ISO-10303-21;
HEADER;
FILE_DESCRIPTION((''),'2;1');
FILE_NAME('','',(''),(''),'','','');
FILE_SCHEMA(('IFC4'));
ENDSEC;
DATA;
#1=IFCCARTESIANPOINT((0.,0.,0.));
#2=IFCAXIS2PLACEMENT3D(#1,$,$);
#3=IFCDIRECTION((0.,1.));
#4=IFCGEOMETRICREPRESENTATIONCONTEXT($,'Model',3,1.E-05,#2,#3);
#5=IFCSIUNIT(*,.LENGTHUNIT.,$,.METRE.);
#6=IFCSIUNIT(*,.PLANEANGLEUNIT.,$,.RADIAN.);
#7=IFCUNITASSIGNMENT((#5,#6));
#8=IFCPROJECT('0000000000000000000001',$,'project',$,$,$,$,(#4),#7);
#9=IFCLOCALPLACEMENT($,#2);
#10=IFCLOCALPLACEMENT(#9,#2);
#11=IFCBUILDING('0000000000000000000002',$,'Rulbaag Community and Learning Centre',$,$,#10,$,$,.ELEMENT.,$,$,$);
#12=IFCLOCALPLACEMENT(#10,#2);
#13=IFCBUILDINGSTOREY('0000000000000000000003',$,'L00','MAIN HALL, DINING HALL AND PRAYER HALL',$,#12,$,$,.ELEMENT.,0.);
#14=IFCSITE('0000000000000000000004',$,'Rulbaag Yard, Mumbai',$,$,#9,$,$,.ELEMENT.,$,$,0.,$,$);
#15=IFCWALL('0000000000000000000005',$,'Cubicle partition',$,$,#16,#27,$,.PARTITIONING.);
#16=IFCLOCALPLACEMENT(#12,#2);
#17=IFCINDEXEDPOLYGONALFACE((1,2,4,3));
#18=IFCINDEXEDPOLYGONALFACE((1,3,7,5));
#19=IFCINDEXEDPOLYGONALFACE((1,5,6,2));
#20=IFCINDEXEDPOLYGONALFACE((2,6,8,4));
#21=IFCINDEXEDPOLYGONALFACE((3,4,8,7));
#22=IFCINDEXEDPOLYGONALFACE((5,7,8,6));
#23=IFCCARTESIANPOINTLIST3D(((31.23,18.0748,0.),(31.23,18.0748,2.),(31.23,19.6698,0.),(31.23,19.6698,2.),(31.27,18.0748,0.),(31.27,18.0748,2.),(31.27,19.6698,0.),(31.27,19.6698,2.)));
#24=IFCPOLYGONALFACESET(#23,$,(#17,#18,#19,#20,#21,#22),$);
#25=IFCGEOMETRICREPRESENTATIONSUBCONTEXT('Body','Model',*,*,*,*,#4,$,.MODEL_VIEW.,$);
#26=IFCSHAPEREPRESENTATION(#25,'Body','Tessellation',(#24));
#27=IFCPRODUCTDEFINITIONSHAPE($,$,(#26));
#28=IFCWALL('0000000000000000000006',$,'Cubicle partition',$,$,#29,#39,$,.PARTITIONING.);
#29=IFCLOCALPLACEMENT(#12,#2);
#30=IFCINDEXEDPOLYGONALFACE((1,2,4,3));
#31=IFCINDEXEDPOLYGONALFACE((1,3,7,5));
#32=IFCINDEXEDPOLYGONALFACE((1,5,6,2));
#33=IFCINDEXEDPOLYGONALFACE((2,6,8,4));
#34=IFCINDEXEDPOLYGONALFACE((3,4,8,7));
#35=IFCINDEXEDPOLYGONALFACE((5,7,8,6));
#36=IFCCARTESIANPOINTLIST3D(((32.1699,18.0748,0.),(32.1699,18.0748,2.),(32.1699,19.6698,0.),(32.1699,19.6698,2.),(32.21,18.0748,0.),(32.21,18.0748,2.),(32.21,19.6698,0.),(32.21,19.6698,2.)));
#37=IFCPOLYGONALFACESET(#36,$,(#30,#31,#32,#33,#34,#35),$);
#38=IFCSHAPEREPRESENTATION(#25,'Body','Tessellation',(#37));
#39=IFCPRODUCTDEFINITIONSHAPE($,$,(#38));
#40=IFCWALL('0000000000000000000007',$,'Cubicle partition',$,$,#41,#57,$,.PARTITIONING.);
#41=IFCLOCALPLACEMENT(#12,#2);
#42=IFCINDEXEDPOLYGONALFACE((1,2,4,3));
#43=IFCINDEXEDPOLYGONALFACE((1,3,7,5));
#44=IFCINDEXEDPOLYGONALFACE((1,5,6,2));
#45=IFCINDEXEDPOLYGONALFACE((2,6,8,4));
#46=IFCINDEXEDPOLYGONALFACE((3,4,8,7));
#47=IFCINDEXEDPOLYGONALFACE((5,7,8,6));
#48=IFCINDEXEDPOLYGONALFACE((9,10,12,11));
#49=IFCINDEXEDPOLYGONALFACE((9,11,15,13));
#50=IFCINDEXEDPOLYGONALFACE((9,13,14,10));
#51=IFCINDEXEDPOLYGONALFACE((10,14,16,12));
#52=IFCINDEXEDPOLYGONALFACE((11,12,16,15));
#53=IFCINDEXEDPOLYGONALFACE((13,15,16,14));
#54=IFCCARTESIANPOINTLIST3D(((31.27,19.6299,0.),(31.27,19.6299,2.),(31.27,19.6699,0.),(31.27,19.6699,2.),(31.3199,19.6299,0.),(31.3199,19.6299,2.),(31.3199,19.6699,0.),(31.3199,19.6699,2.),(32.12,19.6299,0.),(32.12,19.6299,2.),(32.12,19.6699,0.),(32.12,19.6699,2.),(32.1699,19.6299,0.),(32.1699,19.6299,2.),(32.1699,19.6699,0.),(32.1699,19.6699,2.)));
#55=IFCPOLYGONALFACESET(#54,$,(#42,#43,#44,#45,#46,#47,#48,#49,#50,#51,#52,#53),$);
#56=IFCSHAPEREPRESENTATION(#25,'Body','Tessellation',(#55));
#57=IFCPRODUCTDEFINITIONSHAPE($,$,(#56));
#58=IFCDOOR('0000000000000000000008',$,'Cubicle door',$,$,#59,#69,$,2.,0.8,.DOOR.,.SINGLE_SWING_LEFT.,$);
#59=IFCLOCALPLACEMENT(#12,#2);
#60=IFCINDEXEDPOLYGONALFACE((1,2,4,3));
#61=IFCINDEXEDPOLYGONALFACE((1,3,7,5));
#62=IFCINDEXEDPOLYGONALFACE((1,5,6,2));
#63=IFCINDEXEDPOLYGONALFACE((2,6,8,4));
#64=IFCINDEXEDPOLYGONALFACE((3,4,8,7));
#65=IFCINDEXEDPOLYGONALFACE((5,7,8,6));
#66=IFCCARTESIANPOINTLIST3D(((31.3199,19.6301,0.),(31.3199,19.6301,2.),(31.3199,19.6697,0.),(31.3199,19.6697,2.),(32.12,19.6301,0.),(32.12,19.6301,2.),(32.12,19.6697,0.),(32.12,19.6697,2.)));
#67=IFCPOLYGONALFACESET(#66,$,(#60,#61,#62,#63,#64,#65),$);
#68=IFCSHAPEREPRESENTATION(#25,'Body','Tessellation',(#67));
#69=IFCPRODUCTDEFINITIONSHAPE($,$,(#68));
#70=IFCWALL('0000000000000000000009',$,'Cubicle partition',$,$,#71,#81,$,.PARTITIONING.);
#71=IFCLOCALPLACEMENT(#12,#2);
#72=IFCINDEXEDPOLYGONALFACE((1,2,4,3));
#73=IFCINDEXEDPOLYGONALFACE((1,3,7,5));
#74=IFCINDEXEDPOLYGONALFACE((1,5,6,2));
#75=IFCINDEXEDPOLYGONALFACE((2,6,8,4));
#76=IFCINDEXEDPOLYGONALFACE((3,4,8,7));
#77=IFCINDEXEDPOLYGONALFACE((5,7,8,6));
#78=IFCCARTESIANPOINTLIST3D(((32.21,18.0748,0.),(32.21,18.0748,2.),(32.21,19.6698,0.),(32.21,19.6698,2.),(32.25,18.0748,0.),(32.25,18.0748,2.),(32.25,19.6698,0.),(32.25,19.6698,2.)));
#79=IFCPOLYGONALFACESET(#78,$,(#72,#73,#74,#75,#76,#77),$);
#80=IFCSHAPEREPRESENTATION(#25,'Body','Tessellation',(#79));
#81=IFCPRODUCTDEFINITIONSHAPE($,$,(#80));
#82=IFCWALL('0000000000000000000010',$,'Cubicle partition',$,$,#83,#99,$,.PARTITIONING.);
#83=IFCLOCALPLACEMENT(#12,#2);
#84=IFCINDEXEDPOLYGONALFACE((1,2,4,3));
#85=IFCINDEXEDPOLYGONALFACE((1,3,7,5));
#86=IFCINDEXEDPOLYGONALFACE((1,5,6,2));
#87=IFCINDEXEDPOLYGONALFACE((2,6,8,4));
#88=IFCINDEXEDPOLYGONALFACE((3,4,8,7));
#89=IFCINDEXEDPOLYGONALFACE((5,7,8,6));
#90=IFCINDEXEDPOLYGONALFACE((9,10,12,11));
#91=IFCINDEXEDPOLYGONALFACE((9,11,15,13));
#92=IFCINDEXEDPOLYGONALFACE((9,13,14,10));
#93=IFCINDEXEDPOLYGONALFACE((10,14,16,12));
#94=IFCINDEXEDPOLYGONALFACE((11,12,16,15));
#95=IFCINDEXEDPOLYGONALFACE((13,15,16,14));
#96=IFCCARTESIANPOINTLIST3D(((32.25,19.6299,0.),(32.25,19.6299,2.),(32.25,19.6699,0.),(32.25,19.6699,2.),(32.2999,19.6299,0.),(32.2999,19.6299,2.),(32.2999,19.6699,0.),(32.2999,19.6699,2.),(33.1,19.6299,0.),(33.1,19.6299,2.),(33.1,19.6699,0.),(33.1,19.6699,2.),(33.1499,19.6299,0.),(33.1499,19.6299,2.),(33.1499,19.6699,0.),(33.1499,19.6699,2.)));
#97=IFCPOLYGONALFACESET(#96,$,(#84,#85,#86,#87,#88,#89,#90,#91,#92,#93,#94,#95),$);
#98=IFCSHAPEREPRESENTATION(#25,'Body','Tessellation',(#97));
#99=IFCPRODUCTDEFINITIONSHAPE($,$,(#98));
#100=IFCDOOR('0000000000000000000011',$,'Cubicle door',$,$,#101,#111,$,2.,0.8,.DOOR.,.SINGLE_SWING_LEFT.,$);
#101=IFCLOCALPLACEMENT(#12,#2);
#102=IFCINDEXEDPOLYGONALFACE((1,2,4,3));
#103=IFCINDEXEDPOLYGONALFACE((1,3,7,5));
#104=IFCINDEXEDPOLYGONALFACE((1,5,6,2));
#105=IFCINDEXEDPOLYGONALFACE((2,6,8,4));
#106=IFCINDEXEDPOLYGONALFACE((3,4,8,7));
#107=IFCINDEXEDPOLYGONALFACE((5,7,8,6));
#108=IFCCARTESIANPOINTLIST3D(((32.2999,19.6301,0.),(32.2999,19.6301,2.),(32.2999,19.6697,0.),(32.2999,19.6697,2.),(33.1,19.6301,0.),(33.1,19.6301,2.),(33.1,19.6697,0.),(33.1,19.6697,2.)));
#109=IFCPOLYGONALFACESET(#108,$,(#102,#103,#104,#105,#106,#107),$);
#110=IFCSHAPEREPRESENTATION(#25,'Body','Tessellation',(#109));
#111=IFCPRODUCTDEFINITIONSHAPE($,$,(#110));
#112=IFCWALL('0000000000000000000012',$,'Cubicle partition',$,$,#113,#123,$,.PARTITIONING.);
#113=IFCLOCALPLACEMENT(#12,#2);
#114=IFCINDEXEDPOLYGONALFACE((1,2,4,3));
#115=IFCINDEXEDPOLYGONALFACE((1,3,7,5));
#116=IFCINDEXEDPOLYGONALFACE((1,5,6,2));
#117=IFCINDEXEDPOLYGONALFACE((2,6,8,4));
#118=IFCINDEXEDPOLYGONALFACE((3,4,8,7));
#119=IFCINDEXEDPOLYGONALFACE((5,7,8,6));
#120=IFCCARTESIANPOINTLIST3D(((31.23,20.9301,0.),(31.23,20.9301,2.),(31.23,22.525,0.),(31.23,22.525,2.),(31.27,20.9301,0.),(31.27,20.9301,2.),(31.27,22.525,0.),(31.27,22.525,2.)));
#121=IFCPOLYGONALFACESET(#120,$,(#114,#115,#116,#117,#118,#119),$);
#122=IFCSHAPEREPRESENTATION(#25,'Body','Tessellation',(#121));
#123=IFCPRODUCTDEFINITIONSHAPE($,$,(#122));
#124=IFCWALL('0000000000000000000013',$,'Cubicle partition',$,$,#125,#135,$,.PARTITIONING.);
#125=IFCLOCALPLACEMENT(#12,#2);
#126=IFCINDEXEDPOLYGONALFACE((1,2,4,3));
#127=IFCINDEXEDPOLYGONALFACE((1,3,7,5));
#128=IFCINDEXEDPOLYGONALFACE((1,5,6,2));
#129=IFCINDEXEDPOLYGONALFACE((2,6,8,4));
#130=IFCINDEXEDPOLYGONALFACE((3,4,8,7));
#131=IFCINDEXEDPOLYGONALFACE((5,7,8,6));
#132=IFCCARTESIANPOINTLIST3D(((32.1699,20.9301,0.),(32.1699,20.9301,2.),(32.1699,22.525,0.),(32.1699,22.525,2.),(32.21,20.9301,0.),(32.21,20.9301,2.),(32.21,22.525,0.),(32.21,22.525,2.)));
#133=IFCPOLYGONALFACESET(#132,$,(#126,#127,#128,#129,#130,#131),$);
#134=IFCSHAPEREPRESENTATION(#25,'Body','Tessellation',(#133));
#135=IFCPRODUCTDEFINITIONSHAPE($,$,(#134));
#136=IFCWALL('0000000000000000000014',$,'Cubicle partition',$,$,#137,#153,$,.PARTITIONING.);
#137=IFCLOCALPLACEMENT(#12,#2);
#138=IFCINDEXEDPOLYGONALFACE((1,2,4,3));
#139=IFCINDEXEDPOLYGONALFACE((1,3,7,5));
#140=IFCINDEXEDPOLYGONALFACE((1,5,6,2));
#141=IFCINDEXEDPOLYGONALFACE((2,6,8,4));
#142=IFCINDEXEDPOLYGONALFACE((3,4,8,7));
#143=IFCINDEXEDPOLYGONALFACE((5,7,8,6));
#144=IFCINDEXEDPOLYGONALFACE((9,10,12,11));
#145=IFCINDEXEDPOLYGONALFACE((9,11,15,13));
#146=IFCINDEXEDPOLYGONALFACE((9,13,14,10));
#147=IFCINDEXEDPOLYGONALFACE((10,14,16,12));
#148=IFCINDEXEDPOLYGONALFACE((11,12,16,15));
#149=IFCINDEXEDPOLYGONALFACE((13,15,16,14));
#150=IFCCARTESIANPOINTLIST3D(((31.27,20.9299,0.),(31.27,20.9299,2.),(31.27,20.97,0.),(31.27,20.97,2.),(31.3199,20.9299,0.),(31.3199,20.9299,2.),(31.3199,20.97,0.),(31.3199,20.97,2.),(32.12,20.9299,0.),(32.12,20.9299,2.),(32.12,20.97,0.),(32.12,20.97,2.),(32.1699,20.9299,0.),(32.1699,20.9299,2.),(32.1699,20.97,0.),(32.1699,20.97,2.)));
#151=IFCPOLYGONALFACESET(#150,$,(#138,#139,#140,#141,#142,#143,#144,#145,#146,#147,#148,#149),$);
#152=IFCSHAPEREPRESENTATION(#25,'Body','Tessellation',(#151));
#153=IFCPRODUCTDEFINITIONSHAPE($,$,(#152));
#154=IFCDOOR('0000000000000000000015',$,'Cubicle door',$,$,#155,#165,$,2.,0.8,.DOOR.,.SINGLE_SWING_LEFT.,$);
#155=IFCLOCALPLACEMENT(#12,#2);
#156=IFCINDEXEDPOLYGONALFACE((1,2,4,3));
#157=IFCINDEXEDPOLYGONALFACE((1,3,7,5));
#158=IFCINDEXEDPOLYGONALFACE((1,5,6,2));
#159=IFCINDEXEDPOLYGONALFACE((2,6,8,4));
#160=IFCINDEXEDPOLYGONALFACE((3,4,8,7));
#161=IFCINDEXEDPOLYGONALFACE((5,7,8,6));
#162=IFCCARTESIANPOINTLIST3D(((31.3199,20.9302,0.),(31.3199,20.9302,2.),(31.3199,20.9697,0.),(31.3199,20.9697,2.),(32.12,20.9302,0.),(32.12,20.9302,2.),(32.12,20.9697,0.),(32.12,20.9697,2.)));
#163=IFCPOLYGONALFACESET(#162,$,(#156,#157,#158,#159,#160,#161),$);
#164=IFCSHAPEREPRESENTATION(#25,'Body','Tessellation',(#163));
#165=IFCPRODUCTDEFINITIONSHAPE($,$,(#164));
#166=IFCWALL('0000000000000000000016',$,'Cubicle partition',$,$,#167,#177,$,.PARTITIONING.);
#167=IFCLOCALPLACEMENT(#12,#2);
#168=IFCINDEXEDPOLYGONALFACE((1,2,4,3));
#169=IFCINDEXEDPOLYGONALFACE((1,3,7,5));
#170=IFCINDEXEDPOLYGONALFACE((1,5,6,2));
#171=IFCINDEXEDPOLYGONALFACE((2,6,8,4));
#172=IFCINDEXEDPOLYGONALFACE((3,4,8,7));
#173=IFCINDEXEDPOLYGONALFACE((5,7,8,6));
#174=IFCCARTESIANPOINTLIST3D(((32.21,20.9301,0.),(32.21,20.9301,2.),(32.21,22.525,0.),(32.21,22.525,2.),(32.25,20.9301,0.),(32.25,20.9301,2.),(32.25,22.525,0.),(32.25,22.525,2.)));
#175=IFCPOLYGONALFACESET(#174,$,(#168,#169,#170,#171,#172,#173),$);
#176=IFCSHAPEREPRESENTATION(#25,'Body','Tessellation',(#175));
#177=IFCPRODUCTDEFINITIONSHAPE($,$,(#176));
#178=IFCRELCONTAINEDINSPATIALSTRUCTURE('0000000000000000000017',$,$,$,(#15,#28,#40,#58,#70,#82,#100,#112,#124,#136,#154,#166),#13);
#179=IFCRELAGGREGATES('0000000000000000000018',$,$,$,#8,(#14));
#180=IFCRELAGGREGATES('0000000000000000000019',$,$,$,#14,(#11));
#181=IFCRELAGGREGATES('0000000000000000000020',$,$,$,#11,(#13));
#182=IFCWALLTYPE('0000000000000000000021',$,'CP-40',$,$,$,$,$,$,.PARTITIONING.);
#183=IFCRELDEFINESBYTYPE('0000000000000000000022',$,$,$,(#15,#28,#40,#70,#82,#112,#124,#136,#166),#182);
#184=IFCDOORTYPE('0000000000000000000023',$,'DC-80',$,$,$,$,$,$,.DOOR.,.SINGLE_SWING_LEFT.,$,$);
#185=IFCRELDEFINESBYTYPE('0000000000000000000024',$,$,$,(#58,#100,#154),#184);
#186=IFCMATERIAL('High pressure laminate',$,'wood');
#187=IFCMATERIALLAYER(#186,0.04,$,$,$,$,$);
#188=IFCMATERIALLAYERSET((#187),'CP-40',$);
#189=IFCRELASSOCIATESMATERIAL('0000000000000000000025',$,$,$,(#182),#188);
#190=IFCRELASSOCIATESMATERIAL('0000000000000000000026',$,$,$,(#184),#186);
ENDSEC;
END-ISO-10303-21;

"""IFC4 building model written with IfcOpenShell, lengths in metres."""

from ifc_helpers import new_model, si_unit, direction, frame, frame_2d, origin, place, context, subcontext, project, spatial, rectangle, extrude, material, layer, layer_set, type_object, element, fill, save


model = new_model("IFC4")

# Units and contexts
model_context = context("Model", 3, precision=1e-05, world=origin(), true_north=direction((0.0, 1.0)))
body_context = subcontext(model_context, "Body", "Model", "MODEL_VIEW")
ifc_project = project(units=[si_unit("LENGTHUNIT", "METRE"), si_unit("PLANEANGLEUNIT", "RADIAN")], contexts=[model_context])

# Site, building, storey
site_placement = place(None, origin())
site = spatial("IfcSite", under=ifc_project, at=site_placement, Name="Rulbaag Yard, Mumbai", CompositionType="ELEMENT", RefElevation=0.0)
building_placement = place(site_placement, origin())
building = spatial("IfcBuilding", under=site, at=building_placement, Name="Rulbaag Community and Learning Centre", CompositionType="ELEMENT")
storey_placement = place(building_placement, origin())
storey = spatial("IfcBuildingStorey", under=building, at=storey_placement, Name="L00", Description="MAIN HALL, DINING HALL AND PRAYER HALL", CompositionType="ELEMENT", Elevation=0.0)

# Walls
ifc_material_1 = material(Name="High pressure laminate", Category="wood")
ifc_layer_1 = layer(ifc_material_1, 0.04)
ifc_layer_set_1 = layer_set([ifc_layer_1], Name="CP-40")
wall_type_1 = type_object("IfcWallType", Name="CP-40", PredefinedType="PARTITIONING", material=ifc_layer_set_1)
for number, where, z_axis, x_axis, name in (
    (1, (31.25, 18.075, 0.0), (0.0, 0.0, 1.0), (0.0, 1.0, 0.0), "Cubicle partition"),
    (2, (32.1899, 18.075, 0.0), (0.0, 0.0, 1.0), (0.0, 1.0, 0.0), "Cubicle partition"),
):
    element("IfcWall", number, at=place(storey_placement, frame(where, z_axis=z_axis, x_axis=x_axis)), inside=storey, type_object=wall_type_1, Name=name, PredefinedType="PARTITIONING", context=body_context, shape_type="SweptSolid", body=[
        extrude(rectangle(XDim=1.595, YDim=0.04, at=frame_2d((0.7974, 0.0))), origin(), (0.0, 0.0, 1.0), 2.0),
    ])

# Wall, opening, door
wall_1_placement = place(storey_placement, frame((31.27, 19.6499, 0.0), z_axis=(0.0, 0.0, 1.0), x_axis=(1.0, 0.0, 0.0)))
wall_1 = element("IfcWall", 3, at=wall_1_placement, inside=storey, type_object=wall_type_1, Name="Cubicle partition", PredefinedType="PARTITIONING", context=body_context, shape_type="SweptSolid", body=[
    extrude(rectangle(XDim=0.8999, YDim=0.04, at=frame_2d((0.45, 0.0))), origin(), (0.0, 0.0, 1.0), 2.0),
])
opening_1_placement = place(wall_1_placement, frame((0.05, 0.0, 0.0)))
opening_1 = element("IfcOpeningElement", 4, at=opening_1_placement, cuts=wall_1, PredefinedType="OPENING", context=body_context, shape_type="SweptSolid", body=[
    extrude(rectangle(XDim=0.8, YDim=2.0, at=frame_2d((0.3999, 1.0))), frame((0.0, 0.03, 0.0), z_axis=(0.0, -1.0, 0.0), x_axis=(1.0, 0.0, 0.0)), (0.0, 0.0, 1.0), 0.0601),
])
door_type_1 = type_object("IfcDoorType", Name="DC-80", OperationType="SINGLE_SWING_LEFT", PredefinedType="DOOR", material=ifc_material_1)
door_1_placement = place(opening_1_placement, origin())
door_1 = element("IfcDoor", 5, at=door_1_placement, inside=storey, type_object=door_type_1, Name="Cubicle door", OperationType="SINGLE_SWING_LEFT", OverallHeight=2.0, OverallWidth=0.8, PredefinedType="DOOR", context=body_context, shape_type="SweptSolid", body=[
    extrude(rectangle(XDim=0.8, YDim=2.0, at=frame_2d((0.3999, 1.0))), frame((0.0, 0.0198, 0.0), z_axis=(0.0, -1.0, 0.0), x_axis=(1.0, 0.0, 0.0)), (0.0, 0.0, 1.0), 0.0396),
])
fill(opening_1, door_1)

# Wall
wall_2_placement = place(storey_placement, frame((32.23, 18.075, 0.0), z_axis=(0.0, 0.0, 1.0), x_axis=(0.0, 1.0, 0.0)))
element("IfcWall", 6, at=wall_2_placement, inside=storey, type_object=wall_type_1, Name="Cubicle partition", PredefinedType="PARTITIONING", context=body_context, shape_type="SweptSolid", body=[
    extrude(rectangle(XDim=1.595, YDim=0.04, at=frame_2d((0.7974, 0.0))), origin(), (0.0, 0.0, 1.0), 2.0),
])

# Wall, opening, door
wall_3_placement = place(storey_placement, frame((32.25, 19.6499, 0.0), z_axis=(0.0, 0.0, 1.0), x_axis=(1.0, 0.0, 0.0)))
wall_3 = element("IfcWall", 7, at=wall_3_placement, inside=storey, type_object=wall_type_1, Name="Cubicle partition", PredefinedType="PARTITIONING", context=body_context, shape_type="SweptSolid", body=[
    extrude(rectangle(XDim=0.8999, YDim=0.04, at=frame_2d((0.45, 0.0))), origin(), (0.0, 0.0, 1.0), 2.0),
])
opening_2_placement = place(wall_3_placement, frame((0.05, 0.0, 0.0)))
opening_2 = element("IfcOpeningElement", 8, at=opening_2_placement, cuts=wall_3, PredefinedType="OPENING", context=body_context, shape_type="SweptSolid", body=[
    extrude(rectangle(XDim=0.8, YDim=2.0, at=frame_2d((0.3999, 1.0))), frame((0.0, 0.03, 0.0), z_axis=(0.0, -1.0, 0.0), x_axis=(1.0, 0.0, 0.0)), (0.0, 0.0, 1.0), 0.0601),
])
door_2_placement = place(opening_2_placement, origin())
door_2 = element("IfcDoor", 9, at=door_2_placement, inside=storey, type_object=door_type_1, Name="Cubicle door", OperationType="SINGLE_SWING_LEFT", OverallHeight=2.0, OverallWidth=0.8, PredefinedType="DOOR", context=body_context, shape_type="SweptSolid", body=[
    extrude(rectangle(XDim=0.8, YDim=2.0, at=frame_2d((0.3999, 1.0))), frame((0.0, 0.0198, 0.0), z_axis=(0.0, -1.0, 0.0), x_axis=(1.0, 0.0, 0.0)), (0.0, 0.0, 1.0), 0.0396),
])
fill(opening_2, door_2)

# Walls
for number, where, z_axis, x_axis, name in (
    (10, (31.25, 22.5249, 0.0), (0.0, 0.0, 1.0), (0.0, -1.0, 0.0), "Cubicle partition"),
    (11, (32.1899, 22.5249, 0.0), (0.0, 0.0, 1.0), (0.0, -1.0, 0.0), "Cubicle partition"),
):
    element("IfcWall", number, at=place(storey_placement, frame(where, z_axis=z_axis, x_axis=x_axis)), inside=storey, type_object=wall_type_1, Name=name, PredefinedType="PARTITIONING", context=body_context, shape_type="SweptSolid", body=[
        extrude(rectangle(XDim=1.595, YDim=0.04, at=frame_2d((0.7974, 0.0))), origin(), (0.0, 0.0, 1.0), 2.0),
    ])

# Wall, opening, door
wall_4_placement = place(storey_placement, frame((31.27, 20.95, 0.0), z_axis=(0.0, 0.0, 1.0), x_axis=(1.0, 0.0, 0.0)))
wall_4 = element("IfcWall", 12, at=wall_4_placement, inside=storey, type_object=wall_type_1, Name="Cubicle partition", PredefinedType="PARTITIONING", context=body_context, shape_type="SweptSolid", body=[
    extrude(rectangle(XDim=0.8999, YDim=0.04, at=frame_2d((0.45, 0.0))), origin(), (0.0, 0.0, 1.0), 2.0),
])
opening_3_placement = place(wall_4_placement, frame((0.05, 0.0, 0.0)))
opening_3 = element("IfcOpeningElement", 13, at=opening_3_placement, cuts=wall_4, PredefinedType="OPENING", context=body_context, shape_type="SweptSolid", body=[
    extrude(rectangle(XDim=0.8, YDim=2.0, at=frame_2d((0.3999, 1.0))), frame((0.0, 0.03, 0.0), z_axis=(0.0, -1.0, 0.0), x_axis=(1.0, 0.0, 0.0)), (0.0, 0.0, 1.0), 0.0601),
])
door_3_placement = place(opening_3_placement, origin())
door_3 = element("IfcDoor", 14, at=door_3_placement, inside=storey, type_object=door_type_1, Name="Cubicle door", OperationType="SINGLE_SWING_LEFT", OverallHeight=2.0, OverallWidth=0.8, PredefinedType="DOOR", context=body_context, shape_type="SweptSolid", body=[
    extrude(rectangle(XDim=0.8, YDim=2.0, at=frame_2d((0.3999, 1.0))), frame((0.0, 0.0198, 0.0), z_axis=(0.0, -1.0, 0.0), x_axis=(1.0, 0.0, 0.0)), (0.0, 0.0, 1.0), 0.0396),
])
fill(opening_3, door_3)

# Wall
wall_5_placement = place(storey_placement, frame((32.23, 22.5249, 0.0), z_axis=(0.0, 0.0, 1.0), x_axis=(0.0, -1.0, 0.0)))
element("IfcWall", 15, at=wall_5_placement, inside=storey, type_object=wall_type_1, Name="Cubicle partition", PredefinedType="PARTITIONING", context=body_context, shape_type="SweptSolid", body=[
    extrude(rectangle(XDim=1.595, YDim=0.04, at=frame_2d((0.7974, 0.0))), origin(), (0.0, 0.0, 1.0), 2.0),
])

save(model, "model.ifc")
